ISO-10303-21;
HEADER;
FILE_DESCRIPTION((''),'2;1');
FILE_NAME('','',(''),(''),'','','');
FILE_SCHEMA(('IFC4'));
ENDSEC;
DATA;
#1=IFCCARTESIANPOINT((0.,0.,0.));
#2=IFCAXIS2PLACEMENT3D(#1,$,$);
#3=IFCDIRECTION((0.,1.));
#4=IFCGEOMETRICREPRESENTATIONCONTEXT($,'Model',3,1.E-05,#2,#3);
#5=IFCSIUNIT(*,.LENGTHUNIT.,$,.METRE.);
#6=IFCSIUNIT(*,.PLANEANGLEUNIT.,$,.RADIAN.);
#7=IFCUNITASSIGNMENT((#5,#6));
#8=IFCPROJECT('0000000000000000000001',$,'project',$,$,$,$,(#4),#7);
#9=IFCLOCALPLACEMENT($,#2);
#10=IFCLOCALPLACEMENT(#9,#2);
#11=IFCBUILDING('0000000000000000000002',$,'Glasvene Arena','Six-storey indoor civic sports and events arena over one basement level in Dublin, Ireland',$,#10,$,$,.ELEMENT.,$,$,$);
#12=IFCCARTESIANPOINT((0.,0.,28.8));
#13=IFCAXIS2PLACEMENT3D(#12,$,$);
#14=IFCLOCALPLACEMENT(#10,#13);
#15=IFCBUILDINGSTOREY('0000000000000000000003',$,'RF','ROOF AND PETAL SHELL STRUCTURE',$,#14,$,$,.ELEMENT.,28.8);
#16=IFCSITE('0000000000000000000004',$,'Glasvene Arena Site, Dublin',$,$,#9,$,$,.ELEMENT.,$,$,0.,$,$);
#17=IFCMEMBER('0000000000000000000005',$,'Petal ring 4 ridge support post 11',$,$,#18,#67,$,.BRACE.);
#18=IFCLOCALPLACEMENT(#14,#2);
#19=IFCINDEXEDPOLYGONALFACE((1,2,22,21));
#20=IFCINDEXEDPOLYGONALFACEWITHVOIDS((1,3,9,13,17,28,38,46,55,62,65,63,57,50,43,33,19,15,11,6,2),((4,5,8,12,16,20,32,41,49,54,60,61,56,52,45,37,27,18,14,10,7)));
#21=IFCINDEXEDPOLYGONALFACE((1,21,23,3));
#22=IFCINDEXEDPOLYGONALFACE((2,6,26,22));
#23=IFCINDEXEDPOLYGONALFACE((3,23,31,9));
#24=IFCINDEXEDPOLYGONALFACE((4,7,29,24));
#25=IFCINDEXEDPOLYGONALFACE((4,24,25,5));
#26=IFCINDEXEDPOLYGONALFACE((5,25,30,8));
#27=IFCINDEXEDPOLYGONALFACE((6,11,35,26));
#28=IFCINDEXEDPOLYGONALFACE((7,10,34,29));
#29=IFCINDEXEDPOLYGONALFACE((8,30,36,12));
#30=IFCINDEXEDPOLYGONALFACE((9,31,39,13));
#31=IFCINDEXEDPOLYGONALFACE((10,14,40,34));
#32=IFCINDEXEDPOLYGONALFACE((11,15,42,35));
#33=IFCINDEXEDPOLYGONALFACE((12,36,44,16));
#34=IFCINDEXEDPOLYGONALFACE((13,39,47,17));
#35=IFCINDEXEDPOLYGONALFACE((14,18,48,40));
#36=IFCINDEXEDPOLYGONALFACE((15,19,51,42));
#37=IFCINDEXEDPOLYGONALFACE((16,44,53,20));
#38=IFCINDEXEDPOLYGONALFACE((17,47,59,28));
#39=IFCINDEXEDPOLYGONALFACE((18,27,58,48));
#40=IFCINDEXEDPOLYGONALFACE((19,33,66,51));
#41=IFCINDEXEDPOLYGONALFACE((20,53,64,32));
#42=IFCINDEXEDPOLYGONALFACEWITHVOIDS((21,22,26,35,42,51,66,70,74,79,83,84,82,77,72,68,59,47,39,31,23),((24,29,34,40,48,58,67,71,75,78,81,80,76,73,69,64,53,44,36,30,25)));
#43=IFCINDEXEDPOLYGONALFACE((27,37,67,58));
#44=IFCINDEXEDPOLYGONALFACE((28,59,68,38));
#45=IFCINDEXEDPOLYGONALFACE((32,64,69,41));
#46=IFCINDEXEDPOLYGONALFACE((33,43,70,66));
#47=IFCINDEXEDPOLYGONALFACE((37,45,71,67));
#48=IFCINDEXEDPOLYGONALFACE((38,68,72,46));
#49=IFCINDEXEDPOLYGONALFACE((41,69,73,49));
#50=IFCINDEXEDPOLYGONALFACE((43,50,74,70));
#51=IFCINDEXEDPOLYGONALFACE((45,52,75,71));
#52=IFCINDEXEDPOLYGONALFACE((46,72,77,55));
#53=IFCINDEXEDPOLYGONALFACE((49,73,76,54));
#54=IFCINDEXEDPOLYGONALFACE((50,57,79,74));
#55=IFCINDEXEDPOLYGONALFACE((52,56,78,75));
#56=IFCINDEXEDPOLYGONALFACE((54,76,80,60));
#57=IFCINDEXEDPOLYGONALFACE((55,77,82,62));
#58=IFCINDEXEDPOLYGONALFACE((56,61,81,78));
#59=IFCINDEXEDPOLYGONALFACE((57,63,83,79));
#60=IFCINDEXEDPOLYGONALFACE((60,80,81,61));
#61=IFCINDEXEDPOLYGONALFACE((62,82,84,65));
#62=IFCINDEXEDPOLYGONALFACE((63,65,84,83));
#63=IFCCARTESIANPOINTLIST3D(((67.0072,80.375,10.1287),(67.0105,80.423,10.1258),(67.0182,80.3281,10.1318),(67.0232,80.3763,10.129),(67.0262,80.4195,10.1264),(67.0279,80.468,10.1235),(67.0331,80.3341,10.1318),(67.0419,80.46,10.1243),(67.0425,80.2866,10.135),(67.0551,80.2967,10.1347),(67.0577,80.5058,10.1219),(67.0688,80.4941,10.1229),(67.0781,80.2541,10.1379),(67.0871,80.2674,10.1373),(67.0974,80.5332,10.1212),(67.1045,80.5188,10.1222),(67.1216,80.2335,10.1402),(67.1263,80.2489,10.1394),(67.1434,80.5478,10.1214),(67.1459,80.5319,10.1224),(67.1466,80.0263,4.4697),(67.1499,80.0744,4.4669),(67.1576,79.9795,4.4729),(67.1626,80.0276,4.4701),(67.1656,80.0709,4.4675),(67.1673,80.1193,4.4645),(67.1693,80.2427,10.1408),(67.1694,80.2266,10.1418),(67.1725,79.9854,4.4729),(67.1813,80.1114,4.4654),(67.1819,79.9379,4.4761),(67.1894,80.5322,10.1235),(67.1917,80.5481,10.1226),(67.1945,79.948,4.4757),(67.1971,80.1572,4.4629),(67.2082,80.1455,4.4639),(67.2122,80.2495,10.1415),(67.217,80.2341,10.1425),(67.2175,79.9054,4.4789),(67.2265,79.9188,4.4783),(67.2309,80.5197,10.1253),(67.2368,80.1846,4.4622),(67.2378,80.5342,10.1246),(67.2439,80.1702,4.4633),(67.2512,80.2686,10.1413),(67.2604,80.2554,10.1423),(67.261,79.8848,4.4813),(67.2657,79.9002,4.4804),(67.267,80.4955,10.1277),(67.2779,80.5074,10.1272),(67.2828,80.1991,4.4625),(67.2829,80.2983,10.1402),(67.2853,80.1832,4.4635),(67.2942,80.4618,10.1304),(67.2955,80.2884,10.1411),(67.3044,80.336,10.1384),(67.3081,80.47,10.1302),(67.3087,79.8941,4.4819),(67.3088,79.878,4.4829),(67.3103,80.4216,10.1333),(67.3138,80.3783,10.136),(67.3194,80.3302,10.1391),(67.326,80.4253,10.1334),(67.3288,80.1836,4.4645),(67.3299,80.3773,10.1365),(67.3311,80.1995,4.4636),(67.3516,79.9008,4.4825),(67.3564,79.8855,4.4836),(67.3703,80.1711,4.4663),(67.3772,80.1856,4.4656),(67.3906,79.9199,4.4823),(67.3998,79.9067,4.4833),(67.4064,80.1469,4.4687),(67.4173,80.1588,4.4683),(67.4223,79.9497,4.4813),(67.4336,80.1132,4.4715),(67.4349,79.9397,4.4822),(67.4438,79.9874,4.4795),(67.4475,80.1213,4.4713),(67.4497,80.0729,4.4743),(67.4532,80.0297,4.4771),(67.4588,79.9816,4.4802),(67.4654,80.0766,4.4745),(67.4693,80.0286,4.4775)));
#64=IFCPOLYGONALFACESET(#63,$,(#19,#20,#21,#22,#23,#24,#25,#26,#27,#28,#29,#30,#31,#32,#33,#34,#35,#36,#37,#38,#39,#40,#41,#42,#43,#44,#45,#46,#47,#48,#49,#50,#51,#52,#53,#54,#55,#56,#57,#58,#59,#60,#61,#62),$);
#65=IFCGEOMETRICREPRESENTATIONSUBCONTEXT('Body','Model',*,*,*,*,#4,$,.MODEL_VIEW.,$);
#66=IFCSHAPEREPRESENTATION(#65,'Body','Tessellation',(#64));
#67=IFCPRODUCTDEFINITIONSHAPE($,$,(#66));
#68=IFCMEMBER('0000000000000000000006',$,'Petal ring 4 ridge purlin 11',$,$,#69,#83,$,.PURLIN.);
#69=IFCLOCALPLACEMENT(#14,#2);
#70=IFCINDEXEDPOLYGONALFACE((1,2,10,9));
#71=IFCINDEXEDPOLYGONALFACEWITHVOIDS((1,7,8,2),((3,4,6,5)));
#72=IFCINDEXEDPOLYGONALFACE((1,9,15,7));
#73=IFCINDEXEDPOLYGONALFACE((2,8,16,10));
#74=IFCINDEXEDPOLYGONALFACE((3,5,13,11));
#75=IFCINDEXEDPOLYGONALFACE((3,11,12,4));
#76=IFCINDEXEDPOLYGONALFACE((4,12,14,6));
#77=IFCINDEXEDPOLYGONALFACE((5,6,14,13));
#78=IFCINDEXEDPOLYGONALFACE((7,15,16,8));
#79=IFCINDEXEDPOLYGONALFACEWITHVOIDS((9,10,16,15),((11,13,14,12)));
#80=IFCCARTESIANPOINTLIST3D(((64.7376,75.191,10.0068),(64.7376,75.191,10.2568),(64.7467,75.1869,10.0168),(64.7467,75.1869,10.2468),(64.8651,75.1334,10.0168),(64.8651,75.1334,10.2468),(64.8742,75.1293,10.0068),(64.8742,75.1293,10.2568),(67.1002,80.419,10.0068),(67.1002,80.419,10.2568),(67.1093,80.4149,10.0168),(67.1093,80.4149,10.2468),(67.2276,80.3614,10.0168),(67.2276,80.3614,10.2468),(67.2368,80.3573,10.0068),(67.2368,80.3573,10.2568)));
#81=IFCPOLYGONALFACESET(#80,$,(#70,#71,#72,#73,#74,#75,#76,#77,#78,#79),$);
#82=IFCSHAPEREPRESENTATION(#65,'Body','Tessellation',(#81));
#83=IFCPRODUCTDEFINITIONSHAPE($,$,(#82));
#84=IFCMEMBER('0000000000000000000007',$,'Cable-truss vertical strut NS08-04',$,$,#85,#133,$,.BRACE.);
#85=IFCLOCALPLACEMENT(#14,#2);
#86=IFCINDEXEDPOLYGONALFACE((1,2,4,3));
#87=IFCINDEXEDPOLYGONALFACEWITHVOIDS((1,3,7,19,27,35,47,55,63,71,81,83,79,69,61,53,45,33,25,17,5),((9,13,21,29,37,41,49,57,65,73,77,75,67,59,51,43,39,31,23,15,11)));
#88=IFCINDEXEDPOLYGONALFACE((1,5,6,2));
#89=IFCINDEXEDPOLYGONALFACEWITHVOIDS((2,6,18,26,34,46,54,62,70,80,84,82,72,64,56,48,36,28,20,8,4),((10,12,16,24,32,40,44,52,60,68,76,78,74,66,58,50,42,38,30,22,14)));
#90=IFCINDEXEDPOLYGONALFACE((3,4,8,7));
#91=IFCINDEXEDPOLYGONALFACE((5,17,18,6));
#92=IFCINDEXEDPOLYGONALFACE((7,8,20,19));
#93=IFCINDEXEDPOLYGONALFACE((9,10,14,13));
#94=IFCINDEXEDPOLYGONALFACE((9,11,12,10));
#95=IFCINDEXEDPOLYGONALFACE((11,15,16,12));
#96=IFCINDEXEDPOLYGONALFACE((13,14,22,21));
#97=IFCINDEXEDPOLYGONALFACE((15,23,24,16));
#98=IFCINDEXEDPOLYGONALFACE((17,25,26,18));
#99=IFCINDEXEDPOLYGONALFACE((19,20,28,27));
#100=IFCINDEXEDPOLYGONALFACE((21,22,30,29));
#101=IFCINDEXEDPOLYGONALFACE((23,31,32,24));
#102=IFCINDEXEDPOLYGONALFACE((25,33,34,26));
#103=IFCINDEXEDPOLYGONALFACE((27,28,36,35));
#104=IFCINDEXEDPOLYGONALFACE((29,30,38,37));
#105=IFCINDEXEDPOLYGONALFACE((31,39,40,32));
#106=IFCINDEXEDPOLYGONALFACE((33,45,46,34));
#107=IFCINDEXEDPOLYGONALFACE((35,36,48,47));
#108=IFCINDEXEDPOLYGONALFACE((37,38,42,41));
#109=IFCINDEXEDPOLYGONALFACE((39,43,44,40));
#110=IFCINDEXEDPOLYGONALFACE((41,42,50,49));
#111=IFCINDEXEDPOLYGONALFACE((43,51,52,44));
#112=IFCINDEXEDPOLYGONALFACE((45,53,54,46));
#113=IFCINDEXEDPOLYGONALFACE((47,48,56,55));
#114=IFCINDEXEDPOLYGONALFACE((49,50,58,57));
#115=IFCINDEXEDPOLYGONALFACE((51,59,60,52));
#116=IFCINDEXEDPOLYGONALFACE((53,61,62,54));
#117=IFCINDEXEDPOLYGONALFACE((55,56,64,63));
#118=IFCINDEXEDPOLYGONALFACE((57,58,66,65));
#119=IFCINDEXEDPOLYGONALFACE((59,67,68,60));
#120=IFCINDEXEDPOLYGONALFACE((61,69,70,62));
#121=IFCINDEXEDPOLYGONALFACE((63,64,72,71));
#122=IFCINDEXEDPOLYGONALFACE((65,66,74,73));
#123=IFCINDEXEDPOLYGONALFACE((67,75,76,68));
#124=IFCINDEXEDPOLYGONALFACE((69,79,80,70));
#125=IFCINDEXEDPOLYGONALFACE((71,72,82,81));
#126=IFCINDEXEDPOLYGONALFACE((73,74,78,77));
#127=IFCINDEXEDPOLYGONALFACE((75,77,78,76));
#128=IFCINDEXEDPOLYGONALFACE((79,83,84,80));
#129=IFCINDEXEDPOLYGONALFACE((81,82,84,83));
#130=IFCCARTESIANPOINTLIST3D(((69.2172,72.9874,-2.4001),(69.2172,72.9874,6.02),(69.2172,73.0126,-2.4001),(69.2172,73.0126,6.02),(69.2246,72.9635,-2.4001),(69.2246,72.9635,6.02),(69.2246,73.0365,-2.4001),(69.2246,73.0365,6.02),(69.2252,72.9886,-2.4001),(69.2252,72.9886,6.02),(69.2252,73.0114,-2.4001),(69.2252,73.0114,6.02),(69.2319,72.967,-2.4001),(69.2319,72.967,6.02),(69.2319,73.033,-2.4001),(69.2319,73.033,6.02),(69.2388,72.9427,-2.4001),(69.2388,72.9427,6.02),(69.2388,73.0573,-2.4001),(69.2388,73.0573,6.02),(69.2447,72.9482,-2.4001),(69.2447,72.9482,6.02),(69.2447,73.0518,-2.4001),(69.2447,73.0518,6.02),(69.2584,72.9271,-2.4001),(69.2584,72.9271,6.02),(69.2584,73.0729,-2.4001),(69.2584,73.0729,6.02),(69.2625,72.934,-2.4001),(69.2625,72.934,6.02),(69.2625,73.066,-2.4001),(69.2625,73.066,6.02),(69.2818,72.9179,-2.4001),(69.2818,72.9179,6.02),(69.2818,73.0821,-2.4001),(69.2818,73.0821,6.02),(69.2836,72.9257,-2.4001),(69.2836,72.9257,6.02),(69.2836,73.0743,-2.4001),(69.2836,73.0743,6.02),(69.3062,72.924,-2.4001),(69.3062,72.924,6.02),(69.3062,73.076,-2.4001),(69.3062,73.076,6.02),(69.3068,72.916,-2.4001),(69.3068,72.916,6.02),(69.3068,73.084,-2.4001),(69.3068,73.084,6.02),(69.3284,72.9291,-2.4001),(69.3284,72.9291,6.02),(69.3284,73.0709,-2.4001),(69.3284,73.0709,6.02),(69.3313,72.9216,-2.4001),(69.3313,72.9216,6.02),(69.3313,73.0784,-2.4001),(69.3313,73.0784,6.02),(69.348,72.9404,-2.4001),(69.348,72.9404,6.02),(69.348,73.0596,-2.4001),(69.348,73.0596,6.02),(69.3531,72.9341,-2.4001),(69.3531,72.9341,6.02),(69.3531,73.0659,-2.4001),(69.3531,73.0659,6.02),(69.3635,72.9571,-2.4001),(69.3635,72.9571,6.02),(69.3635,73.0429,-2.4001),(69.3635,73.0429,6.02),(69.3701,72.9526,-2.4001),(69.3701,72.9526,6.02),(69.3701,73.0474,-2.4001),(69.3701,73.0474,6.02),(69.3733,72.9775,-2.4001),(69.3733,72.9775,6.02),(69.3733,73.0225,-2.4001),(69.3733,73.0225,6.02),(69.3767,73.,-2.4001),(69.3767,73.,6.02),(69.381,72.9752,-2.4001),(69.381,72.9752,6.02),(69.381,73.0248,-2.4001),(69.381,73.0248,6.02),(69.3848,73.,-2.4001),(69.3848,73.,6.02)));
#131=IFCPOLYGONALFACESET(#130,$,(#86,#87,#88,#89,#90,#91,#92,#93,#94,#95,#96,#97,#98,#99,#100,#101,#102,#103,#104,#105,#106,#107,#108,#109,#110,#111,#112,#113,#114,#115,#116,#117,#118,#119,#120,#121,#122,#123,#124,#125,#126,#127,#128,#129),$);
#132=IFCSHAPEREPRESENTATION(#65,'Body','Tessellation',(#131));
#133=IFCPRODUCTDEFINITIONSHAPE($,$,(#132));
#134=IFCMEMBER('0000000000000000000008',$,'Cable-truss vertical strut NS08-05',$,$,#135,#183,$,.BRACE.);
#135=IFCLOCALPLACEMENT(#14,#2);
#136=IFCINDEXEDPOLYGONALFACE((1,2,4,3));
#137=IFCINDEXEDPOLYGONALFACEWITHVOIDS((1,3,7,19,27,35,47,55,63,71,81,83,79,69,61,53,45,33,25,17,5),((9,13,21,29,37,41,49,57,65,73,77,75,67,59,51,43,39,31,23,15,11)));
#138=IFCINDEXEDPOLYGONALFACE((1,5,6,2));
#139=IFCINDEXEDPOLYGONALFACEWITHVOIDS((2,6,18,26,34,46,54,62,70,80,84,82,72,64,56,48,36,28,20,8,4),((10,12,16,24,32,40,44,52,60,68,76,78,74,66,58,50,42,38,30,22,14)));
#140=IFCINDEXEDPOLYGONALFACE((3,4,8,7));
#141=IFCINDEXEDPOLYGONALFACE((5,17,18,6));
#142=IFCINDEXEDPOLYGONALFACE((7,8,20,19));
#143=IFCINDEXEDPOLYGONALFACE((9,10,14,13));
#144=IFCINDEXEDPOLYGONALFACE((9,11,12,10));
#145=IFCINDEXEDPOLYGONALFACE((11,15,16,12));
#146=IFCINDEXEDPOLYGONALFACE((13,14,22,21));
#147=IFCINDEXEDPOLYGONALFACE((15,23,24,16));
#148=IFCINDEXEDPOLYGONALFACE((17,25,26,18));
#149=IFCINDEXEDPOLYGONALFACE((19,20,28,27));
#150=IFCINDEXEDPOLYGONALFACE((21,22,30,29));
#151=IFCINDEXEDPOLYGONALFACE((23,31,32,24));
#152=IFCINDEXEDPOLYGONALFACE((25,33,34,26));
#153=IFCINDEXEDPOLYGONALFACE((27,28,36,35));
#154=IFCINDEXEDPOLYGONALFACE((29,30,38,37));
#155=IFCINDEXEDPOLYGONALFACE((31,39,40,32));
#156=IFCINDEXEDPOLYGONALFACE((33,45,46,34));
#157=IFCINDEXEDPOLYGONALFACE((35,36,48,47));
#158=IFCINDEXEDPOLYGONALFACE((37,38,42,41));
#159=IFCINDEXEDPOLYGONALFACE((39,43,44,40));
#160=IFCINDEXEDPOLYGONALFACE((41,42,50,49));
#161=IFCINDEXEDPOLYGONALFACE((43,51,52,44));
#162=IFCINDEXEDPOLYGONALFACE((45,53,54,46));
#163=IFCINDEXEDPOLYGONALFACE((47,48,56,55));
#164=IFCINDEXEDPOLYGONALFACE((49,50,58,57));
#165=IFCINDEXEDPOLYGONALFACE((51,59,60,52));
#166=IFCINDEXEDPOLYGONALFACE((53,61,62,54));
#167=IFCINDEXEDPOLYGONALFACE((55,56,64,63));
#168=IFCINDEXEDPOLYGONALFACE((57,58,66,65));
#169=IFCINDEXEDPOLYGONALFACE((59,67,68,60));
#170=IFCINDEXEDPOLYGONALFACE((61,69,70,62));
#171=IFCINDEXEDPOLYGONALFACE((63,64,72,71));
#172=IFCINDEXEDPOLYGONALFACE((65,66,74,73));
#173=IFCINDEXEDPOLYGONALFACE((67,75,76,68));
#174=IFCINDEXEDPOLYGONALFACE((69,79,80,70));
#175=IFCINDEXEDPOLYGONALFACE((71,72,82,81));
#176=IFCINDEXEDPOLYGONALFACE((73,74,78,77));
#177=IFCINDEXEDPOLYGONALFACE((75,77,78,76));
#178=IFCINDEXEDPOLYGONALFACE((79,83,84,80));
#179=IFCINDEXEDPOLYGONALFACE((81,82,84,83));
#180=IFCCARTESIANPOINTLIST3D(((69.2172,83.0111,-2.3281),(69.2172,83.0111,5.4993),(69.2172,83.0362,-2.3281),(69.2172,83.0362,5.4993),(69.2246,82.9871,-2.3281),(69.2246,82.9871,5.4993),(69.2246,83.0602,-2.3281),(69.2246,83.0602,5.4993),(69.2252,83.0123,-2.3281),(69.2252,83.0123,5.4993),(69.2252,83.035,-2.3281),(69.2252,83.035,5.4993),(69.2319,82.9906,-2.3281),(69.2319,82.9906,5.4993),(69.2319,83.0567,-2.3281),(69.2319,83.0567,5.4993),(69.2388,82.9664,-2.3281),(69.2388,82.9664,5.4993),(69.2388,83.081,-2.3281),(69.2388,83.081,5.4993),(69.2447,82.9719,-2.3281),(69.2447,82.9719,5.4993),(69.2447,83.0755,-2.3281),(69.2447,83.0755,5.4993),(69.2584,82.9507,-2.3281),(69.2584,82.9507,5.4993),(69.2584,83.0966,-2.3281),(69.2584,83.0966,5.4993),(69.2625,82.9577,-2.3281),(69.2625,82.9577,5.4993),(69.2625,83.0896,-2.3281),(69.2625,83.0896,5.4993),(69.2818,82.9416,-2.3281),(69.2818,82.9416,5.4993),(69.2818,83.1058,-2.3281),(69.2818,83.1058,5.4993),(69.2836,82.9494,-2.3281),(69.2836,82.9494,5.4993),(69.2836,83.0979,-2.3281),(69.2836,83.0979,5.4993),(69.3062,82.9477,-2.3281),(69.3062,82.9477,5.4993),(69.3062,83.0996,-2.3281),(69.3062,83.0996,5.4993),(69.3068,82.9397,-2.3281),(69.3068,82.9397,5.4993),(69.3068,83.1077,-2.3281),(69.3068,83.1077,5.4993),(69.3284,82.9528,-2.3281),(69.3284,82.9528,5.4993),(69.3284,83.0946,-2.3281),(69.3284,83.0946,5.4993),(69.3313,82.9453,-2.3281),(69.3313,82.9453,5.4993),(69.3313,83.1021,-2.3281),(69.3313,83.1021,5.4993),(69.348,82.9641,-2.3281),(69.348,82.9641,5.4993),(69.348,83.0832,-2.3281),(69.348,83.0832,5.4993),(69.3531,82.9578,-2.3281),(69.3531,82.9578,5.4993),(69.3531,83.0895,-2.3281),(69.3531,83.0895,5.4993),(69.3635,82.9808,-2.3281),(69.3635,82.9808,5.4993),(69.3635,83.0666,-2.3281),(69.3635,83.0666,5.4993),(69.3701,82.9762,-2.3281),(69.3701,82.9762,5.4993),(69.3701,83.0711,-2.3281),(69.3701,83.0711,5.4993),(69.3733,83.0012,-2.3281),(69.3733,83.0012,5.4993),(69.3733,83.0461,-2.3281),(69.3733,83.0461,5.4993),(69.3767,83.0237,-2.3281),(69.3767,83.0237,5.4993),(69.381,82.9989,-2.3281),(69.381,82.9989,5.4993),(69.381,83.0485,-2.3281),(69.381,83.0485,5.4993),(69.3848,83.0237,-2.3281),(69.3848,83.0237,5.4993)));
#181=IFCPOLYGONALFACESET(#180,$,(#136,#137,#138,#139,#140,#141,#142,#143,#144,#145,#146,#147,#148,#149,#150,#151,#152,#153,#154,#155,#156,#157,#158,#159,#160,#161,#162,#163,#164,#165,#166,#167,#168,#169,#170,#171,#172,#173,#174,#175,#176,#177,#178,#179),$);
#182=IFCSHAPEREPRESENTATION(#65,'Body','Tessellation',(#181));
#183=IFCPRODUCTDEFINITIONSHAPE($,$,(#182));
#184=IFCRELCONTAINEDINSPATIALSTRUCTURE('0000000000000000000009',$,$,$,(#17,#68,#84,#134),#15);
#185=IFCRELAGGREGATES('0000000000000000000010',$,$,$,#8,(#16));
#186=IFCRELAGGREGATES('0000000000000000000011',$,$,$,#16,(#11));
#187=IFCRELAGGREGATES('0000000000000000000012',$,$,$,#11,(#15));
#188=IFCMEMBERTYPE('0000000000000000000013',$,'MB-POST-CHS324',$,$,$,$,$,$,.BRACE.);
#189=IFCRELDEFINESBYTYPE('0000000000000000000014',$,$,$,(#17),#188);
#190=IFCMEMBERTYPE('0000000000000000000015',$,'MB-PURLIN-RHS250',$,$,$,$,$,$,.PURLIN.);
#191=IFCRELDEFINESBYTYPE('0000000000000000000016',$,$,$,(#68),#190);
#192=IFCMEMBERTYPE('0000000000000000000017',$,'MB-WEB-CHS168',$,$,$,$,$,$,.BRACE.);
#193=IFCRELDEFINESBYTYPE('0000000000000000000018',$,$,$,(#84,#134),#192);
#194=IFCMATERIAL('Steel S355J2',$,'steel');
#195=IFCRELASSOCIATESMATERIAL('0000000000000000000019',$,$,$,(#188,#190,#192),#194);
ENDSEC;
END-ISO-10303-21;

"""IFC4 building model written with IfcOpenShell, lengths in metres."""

from ifc_helpers import new_model, si_unit, direction, frame, origin, origin_2d, place, context, subcontext, project, spatial, hollow_rectangle, hollow_circle, extrude, material, material_profile, profile_set, type_object, element, save


model = new_model("IFC4")

# Units and contexts
model_context = context("Model", 3, precision=1e-05, world=origin(), true_north=direction((0.0, 1.0)))
body_context = subcontext(model_context, "Body", "Model", "MODEL_VIEW")
ifc_project = project(units=[si_unit("LENGTHUNIT", "METRE"), si_unit("PLANEANGLEUNIT", "RADIAN")], contexts=[model_context])

# Site, building, storey
site_placement = place(None, origin())
site = spatial("IfcSite", under=ifc_project, at=site_placement, Name="Glasvene Arena Site, Dublin", CompositionType="ELEMENT", RefElevation=0.0)
building_placement = place(site_placement, origin())
building = spatial("IfcBuilding", under=site, at=building_placement, Name="Glasvene Arena", Description="Six-storey indoor civic sports and events arena over one basement level in Dublin, Ireland", CompositionType="ELEMENT")
storey_placement = place(building_placement, frame((0.0, 0.0, 28.8)))
storey = spatial("IfcBuildingStorey", under=building, at=storey_placement, Name="RF", Description="ROOF AND PETAL SHELL STRUCTURE", CompositionType="ELEMENT", Elevation=28.8)

# Members
ifc_material_1 = material(Name="Steel S355J2", Category="steel")
ifc_material_profile_1 = material_profile(ifc_material_1, hollow_circle(Radius=0.1619, WallThickness=0.0161, at=origin_2d()), Name="CHS 323.9x16.0")
ifc_profile_set_1 = profile_set([ifc_material_profile_1], Name="Steel S355J2")
member_type_1 = type_object("IfcMemberType", Name="MB-POST-CHS324", PredefinedType="BRACE", material=ifc_profile_set_1)
member_1_placement = place(storey_placement, frame((67.3079, 80.0396, 4.4729), z_axis=(-0.02458, 0.061472, 0.997806), x_axis=(-0.928522, -0.371279, 0.0)))
element("IfcMember", 1, at=member_1_placement, inside=storey, type_object=member_type_1, Name="Petal ring 4 ridge support post 11", PredefinedType="BRACE", context=body_context, shape_type="SweptSolid", body=[
    extrude(hollow_circle(Radius=0.1619, WallThickness=0.0161, at=origin_2d()), origin(), (0.0, 0.0, 1.0), 5.6714),
])
ifc_material_profile_2 = material_profile(ifc_material_1, hollow_rectangle(XDim=0.1499, YDim=0.25, WallThickness=0.01, at=origin_2d()), Name="RHS 250x150x10.0")
ifc_profile_set_2 = profile_set([ifc_material_profile_2], Name="Steel S355J2")
member_type_2 = type_object("IfcMemberType", Name="MB-PURLIN-RHS250", PredefinedType="PURLIN", material=ifc_profile_set_2)
member_2_placement = place(storey_placement, frame((67.1685, 80.3882, 10.1318), z_axis=(-0.411804, -0.911272, 0.0), x_axis=(0.911272, -0.411804, 0.0)))
element("IfcMember", 2, at=member_2_placement, inside=storey, type_object=member_type_2, Name="Petal ring 4 ridge purlin 11", PredefinedType="PURLIN", context=body_context, shape_type="SweptSolid", body=[
    extrude(hollow_rectangle(XDim=0.1499, YDim=0.25, WallThickness=0.01, at=origin_2d()), origin(), (0.0, 0.0, 1.0), 5.7371),
])
ifc_material_profile_3 = material_profile(ifc_material_1, hollow_circle(Radius=0.0842, WallThickness=0.0081, at=origin_2d()), Name="CHS 168.3x8.0")
ifc_profile_set_3 = profile_set([ifc_material_profile_3], Name="Steel S355J2")
member_type_3 = type_object("IfcMemberType", Name="MB-WEB-CHS168", PredefinedType="BRACE", material=ifc_profile_set_3)
member_3_placement = place(storey_placement, frame((69.3005, 73.0, -2.4001), z_axis=(0.0, 0.0, 1.0), x_axis=(1.0, 0.0, 0.0)))
element("IfcMember", 3, at=member_3_placement, inside=storey, type_object=member_type_3, Name="Cable-truss vertical strut NS08-04", PredefinedType="BRACE", context=body_context, shape_type="SweptSolid", body=[
    extrude(hollow_circle(Radius=0.0842, WallThickness=0.0081, at=origin_2d()), origin(), (0.0, 0.0, 1.0), 8.4202),
])
member_4_placement = place(storey_placement, frame((69.3005, 83.0237, -2.3281), z_axis=(0.0, 0.0, 1.0), x_axis=(1.0, 0.0, 0.0)))
element("IfcMember", 4, at=member_4_placement, inside=storey, type_object=member_type_3, Name="Cable-truss vertical strut NS08-05", PredefinedType="BRACE", context=body_context, shape_type="SweptSolid", body=[
    extrude(hollow_circle(Radius=0.0842, WallThickness=0.0081, at=origin_2d()), origin(), (0.0, 0.0, 1.0), 7.8274),
])

save(model, "model.ifc")
